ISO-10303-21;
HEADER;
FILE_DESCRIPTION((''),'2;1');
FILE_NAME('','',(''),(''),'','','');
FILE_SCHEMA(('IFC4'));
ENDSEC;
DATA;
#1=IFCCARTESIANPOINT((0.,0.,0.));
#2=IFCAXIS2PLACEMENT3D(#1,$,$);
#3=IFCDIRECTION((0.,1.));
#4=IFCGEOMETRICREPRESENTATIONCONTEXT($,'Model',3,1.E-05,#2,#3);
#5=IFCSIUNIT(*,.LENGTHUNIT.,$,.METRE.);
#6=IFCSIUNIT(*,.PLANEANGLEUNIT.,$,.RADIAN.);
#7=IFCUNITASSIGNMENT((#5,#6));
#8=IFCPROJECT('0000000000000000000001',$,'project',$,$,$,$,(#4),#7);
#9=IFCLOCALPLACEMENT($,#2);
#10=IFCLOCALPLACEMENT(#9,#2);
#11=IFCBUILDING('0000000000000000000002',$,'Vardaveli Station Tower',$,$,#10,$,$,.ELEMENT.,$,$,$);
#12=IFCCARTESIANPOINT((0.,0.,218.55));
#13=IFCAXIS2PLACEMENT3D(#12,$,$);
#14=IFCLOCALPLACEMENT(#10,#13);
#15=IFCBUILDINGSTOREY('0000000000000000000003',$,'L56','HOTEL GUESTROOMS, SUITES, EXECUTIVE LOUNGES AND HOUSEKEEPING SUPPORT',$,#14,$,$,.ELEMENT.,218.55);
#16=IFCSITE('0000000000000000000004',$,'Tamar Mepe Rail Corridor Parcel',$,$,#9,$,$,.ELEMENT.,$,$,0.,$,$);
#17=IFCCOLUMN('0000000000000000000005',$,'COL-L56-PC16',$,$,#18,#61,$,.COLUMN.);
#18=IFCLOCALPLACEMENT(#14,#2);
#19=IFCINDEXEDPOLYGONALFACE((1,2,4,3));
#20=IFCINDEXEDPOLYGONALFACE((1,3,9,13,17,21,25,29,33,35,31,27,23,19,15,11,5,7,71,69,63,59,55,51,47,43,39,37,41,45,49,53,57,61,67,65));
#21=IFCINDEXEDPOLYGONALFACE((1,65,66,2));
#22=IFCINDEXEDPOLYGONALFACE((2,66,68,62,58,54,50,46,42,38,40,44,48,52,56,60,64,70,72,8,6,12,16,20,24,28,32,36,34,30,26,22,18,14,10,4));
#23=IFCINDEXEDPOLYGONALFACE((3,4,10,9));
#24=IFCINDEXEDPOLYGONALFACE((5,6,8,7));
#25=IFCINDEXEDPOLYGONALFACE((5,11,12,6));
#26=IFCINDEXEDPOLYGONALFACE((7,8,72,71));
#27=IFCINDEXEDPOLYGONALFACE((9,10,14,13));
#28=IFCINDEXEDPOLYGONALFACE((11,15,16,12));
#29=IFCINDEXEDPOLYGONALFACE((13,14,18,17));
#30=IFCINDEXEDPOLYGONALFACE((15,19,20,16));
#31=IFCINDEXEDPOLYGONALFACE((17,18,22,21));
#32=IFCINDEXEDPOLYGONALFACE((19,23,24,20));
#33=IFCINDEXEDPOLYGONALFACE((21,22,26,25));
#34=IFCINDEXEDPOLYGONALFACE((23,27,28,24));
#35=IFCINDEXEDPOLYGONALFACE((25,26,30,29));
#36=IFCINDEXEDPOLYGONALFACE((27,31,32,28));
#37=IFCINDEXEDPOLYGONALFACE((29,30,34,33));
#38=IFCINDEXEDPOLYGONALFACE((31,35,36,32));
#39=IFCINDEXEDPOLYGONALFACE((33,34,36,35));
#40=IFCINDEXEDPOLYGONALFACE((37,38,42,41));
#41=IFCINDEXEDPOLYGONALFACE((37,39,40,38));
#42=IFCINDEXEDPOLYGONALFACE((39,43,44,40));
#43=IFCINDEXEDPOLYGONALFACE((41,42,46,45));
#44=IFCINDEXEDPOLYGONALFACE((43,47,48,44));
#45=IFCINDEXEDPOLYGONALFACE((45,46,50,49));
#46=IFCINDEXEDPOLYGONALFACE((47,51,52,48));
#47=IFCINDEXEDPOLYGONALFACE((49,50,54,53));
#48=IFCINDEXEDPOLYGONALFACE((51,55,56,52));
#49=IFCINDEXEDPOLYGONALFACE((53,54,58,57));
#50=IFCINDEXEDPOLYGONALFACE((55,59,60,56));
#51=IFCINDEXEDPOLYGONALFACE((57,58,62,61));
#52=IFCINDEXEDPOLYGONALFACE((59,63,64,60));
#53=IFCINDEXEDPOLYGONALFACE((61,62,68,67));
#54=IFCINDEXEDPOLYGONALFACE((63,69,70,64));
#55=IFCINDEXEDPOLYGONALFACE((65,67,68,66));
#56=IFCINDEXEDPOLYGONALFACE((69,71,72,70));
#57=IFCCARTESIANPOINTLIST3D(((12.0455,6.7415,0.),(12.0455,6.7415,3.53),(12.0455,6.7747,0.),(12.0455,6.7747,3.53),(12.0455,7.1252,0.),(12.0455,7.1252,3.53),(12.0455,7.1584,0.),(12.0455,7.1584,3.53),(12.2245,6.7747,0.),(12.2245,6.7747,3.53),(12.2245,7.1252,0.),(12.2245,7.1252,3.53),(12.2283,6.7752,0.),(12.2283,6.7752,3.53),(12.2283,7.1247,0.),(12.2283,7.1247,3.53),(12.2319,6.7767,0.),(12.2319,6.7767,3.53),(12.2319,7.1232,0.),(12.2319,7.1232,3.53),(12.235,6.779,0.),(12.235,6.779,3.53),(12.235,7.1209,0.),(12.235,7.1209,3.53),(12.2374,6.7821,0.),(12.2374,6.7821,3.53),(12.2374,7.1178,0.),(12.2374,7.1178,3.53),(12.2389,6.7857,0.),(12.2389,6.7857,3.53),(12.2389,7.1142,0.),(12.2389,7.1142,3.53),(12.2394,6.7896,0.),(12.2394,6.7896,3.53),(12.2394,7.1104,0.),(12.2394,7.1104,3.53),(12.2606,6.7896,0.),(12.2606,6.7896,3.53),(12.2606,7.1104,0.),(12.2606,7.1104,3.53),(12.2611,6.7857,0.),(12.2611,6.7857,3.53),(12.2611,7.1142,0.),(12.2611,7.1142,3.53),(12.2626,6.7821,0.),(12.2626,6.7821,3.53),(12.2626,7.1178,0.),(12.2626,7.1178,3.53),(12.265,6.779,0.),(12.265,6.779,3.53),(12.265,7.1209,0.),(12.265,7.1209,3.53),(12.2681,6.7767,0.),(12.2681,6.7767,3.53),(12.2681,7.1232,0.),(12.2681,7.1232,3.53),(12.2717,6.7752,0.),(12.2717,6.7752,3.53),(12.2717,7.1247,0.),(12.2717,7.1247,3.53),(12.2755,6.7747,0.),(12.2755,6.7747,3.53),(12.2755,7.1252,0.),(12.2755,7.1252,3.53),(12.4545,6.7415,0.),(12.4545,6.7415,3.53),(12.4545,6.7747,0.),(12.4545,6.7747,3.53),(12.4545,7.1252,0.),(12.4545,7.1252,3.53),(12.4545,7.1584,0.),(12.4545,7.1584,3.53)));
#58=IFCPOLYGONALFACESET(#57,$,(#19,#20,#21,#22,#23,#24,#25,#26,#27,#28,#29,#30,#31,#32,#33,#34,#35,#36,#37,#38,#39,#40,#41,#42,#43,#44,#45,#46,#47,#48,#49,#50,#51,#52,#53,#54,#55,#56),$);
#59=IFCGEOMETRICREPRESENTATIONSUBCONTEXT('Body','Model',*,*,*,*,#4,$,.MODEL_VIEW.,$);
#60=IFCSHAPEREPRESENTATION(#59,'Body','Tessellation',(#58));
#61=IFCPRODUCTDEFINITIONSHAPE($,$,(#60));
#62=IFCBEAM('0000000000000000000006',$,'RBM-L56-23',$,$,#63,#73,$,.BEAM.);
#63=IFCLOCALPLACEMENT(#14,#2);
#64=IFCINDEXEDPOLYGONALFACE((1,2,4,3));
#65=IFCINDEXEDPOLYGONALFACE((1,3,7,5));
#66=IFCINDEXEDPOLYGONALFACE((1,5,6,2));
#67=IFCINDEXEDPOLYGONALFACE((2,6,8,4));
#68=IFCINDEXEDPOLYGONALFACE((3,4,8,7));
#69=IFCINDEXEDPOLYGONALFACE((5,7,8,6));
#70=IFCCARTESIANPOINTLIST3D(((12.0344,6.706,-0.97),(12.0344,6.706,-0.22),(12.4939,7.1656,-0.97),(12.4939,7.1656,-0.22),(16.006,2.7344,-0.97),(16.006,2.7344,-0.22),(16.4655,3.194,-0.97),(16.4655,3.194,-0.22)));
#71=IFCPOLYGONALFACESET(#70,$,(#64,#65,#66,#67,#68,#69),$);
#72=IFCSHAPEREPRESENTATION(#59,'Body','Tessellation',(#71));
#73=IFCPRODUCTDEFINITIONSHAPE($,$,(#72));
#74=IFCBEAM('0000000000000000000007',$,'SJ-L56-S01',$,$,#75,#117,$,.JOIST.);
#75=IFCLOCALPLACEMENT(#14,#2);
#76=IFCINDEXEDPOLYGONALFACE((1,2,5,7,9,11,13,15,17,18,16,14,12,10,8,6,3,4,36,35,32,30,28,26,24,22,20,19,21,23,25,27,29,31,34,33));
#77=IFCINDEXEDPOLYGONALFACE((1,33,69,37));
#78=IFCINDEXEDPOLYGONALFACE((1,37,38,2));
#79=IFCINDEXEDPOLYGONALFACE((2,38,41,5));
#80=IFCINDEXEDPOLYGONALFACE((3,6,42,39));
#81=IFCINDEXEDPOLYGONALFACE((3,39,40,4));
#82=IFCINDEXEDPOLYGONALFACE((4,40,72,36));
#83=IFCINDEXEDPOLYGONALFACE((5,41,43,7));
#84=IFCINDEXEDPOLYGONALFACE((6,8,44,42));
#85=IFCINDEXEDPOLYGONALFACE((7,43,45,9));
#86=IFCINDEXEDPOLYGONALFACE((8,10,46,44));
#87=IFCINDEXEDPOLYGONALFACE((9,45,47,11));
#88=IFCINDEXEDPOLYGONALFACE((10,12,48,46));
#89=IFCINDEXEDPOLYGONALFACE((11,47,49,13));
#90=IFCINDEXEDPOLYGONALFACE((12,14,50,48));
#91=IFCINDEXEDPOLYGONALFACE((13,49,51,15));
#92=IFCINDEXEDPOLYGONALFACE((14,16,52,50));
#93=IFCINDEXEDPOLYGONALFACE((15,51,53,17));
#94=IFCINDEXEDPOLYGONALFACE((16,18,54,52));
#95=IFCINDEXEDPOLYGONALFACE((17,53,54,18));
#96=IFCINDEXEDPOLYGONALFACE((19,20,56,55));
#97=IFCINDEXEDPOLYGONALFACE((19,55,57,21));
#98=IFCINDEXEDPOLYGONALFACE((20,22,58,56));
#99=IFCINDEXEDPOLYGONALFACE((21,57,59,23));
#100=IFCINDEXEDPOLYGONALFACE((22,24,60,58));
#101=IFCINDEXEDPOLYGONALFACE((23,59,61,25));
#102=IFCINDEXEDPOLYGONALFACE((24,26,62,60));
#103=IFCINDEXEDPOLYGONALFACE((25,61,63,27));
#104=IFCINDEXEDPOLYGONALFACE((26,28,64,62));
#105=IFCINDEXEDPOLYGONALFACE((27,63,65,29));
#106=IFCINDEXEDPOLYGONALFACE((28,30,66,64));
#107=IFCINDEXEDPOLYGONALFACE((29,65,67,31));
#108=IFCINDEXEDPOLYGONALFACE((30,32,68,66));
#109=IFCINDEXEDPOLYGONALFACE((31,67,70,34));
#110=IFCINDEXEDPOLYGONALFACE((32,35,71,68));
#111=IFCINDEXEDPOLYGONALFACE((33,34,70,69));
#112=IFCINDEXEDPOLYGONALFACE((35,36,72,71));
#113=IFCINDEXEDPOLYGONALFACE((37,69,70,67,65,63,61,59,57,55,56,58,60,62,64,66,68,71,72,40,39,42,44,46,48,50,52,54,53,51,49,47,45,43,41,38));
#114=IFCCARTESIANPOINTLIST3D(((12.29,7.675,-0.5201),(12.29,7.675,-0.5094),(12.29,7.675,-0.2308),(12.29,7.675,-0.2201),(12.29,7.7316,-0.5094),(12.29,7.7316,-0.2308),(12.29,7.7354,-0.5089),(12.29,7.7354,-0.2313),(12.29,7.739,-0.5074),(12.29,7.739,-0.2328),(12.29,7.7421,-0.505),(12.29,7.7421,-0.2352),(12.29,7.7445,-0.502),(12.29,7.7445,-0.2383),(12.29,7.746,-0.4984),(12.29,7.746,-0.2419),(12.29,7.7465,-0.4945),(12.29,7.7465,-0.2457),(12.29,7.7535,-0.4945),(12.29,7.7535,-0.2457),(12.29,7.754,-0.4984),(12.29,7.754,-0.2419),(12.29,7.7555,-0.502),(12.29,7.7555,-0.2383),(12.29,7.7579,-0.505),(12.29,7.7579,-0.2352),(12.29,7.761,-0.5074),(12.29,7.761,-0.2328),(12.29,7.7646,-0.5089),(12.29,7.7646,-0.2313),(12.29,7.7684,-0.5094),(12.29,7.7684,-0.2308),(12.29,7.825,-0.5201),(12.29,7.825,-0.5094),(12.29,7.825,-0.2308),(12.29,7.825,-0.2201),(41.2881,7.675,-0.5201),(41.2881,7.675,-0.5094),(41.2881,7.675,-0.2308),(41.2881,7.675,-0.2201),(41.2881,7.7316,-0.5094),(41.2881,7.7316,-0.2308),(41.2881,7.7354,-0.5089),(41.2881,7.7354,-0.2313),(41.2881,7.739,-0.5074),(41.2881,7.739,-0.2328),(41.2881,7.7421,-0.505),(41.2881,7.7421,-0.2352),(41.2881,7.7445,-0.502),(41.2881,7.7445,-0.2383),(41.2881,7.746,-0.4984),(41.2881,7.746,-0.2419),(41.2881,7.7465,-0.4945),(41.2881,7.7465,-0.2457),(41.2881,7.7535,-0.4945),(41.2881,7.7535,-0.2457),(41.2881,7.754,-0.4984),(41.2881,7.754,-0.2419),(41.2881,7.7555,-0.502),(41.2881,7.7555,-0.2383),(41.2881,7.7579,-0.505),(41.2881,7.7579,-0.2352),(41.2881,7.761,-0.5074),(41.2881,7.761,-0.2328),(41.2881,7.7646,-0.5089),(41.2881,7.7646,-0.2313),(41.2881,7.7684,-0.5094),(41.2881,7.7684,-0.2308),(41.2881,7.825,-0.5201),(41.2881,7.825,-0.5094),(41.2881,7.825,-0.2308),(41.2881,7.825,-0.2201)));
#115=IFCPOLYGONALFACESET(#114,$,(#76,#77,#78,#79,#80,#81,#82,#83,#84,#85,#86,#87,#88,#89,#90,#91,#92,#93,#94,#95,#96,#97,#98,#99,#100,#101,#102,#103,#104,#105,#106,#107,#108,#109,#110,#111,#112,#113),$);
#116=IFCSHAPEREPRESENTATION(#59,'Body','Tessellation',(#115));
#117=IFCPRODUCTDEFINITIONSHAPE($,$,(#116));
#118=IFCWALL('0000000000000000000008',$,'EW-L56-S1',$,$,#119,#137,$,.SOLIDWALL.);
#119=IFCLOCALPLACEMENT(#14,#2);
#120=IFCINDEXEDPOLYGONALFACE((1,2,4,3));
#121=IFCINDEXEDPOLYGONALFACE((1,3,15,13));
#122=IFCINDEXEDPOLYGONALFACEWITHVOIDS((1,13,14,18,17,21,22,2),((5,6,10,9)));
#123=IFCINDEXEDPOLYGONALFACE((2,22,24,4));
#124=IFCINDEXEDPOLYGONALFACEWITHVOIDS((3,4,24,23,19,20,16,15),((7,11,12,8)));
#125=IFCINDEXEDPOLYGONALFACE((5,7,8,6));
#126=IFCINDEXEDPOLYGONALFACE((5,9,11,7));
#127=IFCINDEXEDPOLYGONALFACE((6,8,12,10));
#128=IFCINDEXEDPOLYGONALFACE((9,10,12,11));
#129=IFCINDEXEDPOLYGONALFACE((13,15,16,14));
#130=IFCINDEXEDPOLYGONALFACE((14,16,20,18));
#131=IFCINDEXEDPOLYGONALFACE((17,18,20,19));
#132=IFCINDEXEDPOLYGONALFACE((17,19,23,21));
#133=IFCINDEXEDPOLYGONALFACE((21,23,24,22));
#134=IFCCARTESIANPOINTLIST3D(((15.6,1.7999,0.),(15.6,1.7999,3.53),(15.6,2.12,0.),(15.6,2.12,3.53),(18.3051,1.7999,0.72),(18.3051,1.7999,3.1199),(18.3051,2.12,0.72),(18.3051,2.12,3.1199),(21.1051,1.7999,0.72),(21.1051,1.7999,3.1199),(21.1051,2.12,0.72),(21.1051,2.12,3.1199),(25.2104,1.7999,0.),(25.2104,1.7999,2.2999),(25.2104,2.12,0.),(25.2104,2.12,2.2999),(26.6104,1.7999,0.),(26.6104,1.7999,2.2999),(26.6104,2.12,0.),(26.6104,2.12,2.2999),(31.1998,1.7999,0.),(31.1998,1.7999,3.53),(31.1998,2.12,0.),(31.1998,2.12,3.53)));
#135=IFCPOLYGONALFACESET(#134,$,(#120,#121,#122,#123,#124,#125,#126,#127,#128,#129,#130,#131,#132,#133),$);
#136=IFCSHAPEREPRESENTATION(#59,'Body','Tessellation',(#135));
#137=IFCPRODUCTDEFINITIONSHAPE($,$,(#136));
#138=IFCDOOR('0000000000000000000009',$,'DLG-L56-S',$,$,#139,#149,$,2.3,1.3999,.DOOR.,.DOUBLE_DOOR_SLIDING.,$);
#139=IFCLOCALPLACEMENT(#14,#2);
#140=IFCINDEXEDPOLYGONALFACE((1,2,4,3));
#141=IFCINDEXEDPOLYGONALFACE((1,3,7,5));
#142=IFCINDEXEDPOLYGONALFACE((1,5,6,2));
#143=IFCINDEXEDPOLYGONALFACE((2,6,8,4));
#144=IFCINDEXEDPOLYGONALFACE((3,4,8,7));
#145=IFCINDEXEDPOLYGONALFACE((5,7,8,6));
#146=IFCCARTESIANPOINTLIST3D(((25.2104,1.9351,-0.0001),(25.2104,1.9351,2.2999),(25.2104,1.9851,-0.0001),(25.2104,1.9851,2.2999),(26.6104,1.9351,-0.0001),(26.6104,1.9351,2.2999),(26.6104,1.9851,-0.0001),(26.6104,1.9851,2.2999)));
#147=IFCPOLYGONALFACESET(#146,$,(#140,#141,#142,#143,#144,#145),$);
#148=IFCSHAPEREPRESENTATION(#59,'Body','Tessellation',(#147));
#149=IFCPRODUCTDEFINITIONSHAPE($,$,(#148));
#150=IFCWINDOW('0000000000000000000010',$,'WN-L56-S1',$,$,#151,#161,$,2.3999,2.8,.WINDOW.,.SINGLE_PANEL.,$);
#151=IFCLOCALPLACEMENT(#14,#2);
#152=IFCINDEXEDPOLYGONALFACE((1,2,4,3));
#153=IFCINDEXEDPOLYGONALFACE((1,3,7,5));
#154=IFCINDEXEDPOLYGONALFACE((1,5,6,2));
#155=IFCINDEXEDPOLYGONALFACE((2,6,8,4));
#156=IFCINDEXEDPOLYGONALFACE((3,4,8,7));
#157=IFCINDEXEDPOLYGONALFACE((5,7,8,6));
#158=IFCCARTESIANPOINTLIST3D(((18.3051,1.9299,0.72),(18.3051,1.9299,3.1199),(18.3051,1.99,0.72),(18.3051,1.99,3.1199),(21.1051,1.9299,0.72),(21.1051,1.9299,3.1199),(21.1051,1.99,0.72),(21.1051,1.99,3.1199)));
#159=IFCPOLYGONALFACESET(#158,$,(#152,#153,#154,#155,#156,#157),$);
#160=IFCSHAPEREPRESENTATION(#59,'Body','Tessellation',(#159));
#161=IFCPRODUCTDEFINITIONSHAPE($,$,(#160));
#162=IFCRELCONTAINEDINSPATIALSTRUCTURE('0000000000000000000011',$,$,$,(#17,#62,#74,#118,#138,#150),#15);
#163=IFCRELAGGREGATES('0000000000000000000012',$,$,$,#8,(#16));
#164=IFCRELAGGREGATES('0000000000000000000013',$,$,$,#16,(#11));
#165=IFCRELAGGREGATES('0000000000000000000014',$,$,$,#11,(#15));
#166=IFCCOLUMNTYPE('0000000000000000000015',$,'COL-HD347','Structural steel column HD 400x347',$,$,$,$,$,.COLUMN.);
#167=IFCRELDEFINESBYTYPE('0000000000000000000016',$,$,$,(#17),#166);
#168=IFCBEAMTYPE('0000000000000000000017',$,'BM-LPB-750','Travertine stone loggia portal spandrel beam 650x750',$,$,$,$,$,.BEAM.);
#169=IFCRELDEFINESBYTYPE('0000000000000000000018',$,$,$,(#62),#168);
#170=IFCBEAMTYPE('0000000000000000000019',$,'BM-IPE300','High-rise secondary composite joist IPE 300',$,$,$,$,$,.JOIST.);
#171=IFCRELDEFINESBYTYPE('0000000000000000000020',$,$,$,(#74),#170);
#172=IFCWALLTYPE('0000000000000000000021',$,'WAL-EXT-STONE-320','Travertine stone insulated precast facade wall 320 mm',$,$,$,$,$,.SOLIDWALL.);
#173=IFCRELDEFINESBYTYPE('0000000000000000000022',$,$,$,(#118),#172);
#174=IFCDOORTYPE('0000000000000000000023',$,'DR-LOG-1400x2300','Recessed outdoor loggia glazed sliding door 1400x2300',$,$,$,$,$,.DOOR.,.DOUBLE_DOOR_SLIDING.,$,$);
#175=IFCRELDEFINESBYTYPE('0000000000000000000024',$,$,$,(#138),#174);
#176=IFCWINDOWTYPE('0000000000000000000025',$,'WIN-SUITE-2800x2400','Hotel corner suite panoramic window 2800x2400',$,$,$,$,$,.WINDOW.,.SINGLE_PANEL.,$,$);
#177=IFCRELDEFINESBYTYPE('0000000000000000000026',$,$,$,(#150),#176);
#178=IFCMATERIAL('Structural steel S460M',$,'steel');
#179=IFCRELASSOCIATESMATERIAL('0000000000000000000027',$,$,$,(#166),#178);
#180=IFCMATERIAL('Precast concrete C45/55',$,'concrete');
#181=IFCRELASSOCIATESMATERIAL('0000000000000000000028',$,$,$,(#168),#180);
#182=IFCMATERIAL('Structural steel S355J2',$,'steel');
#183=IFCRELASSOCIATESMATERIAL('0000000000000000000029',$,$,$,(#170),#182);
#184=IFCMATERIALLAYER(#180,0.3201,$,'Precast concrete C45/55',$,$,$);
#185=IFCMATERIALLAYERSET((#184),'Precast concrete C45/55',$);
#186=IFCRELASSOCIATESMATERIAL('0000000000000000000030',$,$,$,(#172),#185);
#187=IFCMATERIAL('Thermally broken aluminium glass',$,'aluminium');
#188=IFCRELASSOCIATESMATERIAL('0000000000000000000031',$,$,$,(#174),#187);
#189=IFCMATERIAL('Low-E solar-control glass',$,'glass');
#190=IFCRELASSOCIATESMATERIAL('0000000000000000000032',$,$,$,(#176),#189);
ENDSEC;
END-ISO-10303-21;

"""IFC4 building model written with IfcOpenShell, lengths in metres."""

from ifc_helpers import new_model, si_unit, direction, frame, frame_2d, origin, origin_2d, place, context, subcontext, project, spatial, rectangle, i_section, extrude, source, transform, mapped, material, layer, layer_set, material_profile, profile_set, type_object, element, fill, save


model = new_model("IFC4")

# Units and contexts
model_context = context("Model", 3, precision=1e-05, world=origin(), true_north=direction((0.0, 1.0)))
body_context = subcontext(model_context, "Body", "Model", "MODEL_VIEW")
ifc_project = project(units=[si_unit("LENGTHUNIT", "METRE"), si_unit("PLANEANGLEUNIT", "RADIAN")], contexts=[model_context])

# Site, building, storey
site_placement = place(None, origin())
site = spatial("IfcSite", under=ifc_project, at=site_placement, Name="Tamar Mepe Rail Corridor Parcel", CompositionType="ELEMENT", RefElevation=0.0)
building_placement = place(site_placement, origin())
building = spatial("IfcBuilding", under=site, at=building_placement, Name="Vardaveli Station Tower", CompositionType="ELEMENT")
storey_placement = place(building_placement, frame((0.0, 0.0, 218.55)))
storey = spatial("IfcBuildingStorey", under=building, at=storey_placement, Name="L56", Description="HOTEL GUESTROOMS, SUITES, EXECUTIVE LOUNGES AND HOUSEKEEPING SUPPORT", CompositionType="ELEMENT", Elevation=218.55)

# Column
ifc_material_1 = material(Name="Structural steel S460M", Category="steel")
ifc_material_profile_1 = material_profile(ifc_material_1, i_section(OverallWidth=0.4089, OverallDepth=0.417, WebThickness=0.0212, FlangeThickness=0.0332, FilletRadius=0.0149, at=origin_2d()), Name="HD 400x347")
ifc_profile_set_1 = profile_set([ifc_material_profile_1], Name="Structural steel S460M")
column_type = type_object("IfcColumnType", Name="COL-HD347", Description="Structural steel column HD 400x347", PredefinedType="COLUMN", material=ifc_profile_set_1)
shared_shape_1 = source(origin(), body_context, "Body", "SweptSolid", [
    extrude(i_section(OverallWidth=0.4089, OverallDepth=0.417, WebThickness=0.0212, FlangeThickness=0.0332, FilletRadius=0.0149, at=origin_2d()), origin(), (0.0, 0.0, 1.0), 3.53),
])
column_placement = place(storey_placement, frame((12.25, 6.95, 0.0), z_axis=(0.0, 0.0, 1.0), x_axis=(1.0, 0.0, 0.0)))
element("IfcColumn", 1, at=column_placement, inside=storey, type_object=column_type, Name="COL-L56-PC16", PredefinedType="COLUMN", context=body_context, shape_type="MappedRepresentation", body=[
    mapped(shared_shape_1, transform((0.0, 0.0, 0.0), scale=1.0)),
])

# Beams
ifc_material_2 = material(Name="Precast concrete C45/55", Category="concrete")
ifc_material_profile_2 = material_profile(ifc_material_2, rectangle(XDim=0.6499, YDim=0.75, at=origin_2d()), Name="LPB 650x750")
ifc_profile_set_2 = profile_set([ifc_material_profile_2], Name="Precast concrete C45/55")
beam_type_1 = type_object("IfcBeamType", Name="BM-LPB-750", Description="Travertine stone loggia portal spandrel beam 650x750", PredefinedType="BEAM", material=ifc_profile_set_2)
shared_shape_2 = source(origin(), body_context, "Body", "SweptSolid", [
    extrude(rectangle(XDim=0.6499, YDim=0.75, at=origin_2d()), origin(), (0.0, 0.0, 1.0), 5.6167),
])
beam_1_placement = place(storey_placement, frame((12.2642, 6.9358, -0.595), z_axis=(0.707107, -0.707107, 0.0), x_axis=(0.707107, 0.707107, 0.0)))
element("IfcBeam", 2, at=beam_1_placement, inside=storey, type_object=beam_type_1, Name="RBM-L56-23", PredefinedType="BEAM", context=body_context, shape_type="MappedRepresentation", body=[
    mapped(shared_shape_2, transform((0.0, 0.0, 0.0), scale=1.0)),
])
ifc_material_3 = material(Name="Structural steel S355J2", Category="steel")
ifc_material_profile_3 = material_profile(ifc_material_3, i_section(OverallWidth=0.1499, OverallDepth=0.3, WebThickness=0.0071, FlangeThickness=0.0107, FilletRadius=0.0149, at=origin_2d()), Name="IPE 300")
ifc_profile_set_3 = profile_set([ifc_material_profile_3], Name="Structural steel S355J2")
beam_type_2 = type_object("IfcBeamType", Name="BM-IPE300", Description="High-rise secondary composite joist IPE 300", PredefinedType="JOIST", material=ifc_profile_set_3)
shared_shape_3 = source(origin(), body_context, "Body", "SweptSolid", [
    extrude(i_section(OverallWidth=0.1499, OverallDepth=0.3, WebThickness=0.0071, FlangeThickness=0.0107, FilletRadius=0.0149, at=origin_2d()), origin(), (0.0, 0.0, 1.0), 28.998),
])
beam_2_placement = place(storey_placement, frame((12.29, 7.75, -0.3701), z_axis=(1.0, 0.0, 0.0), x_axis=(0.0, 1.0, 0.0)))
element("IfcBeam", 3, at=beam_2_placement, inside=storey, type_object=beam_type_2, Name="SJ-L56-S01", PredefinedType="JOIST", context=body_context, shape_type="MappedRepresentation", body=[
    mapped(shared_shape_3, transform((0.0, 0.0, 0.0), scale=1.0)),
])

# Wall, openings, door, window
ifc_layer = layer(ifc_material_2, 0.3201, Name="Precast concrete C45/55")
ifc_layer_set = layer_set([ifc_layer], Name="Precast concrete C45/55")
wall_type = type_object("IfcWallType", Name="WAL-EXT-STONE-320", Description="Travertine stone insulated precast facade wall 320 mm", PredefinedType="SOLIDWALL", material=ifc_layer_set)
shared_shape_4 = source(origin(), body_context, "Body", "SweptSolid", [
    extrude(rectangle(XDim=15.5999, YDim=0.3201, at=frame_2d((7.7998, 0.0))), origin(), (0.0, 0.0, 1.0), 3.53),
])
wall_1_placement = place(storey_placement, frame((15.6001, 1.96, 0.0), z_axis=(0.0, 0.0, 1.0), x_axis=(1.0, 0.0, 0.0)))
wall_1 = element("IfcWall", 4, at=wall_1_placement, inside=storey, type_object=wall_type, Name="EW-L56-S1", PredefinedType="SOLIDWALL", context=body_context, shape_type="MappedRepresentation", body=[
    mapped(shared_shape_4, transform((0.0, 0.0, 0.0), scale=1.0)),
])
shared_shape_5 = source(origin(), body_context, "Body", "SweptSolid", [
    extrude(rectangle(XDim=1.3999, YDim=2.3, at=frame_2d((0.7, 1.1499))), frame((0.0, 0.1699, 0.0), z_axis=(0.0, -1.0, 0.0), x_axis=(1.0, 0.0, 0.0)), (0.0, 0.0, 1.0), 0.3401),
])
opening_1_placement = place(wall_1_placement, frame((9.6104, 0.0, 0.0)))
opening_1 = element("IfcOpeningElement", 5, at=opening_1_placement, cuts=wall_1, PredefinedType="OPENING", context=body_context, shape_type="MappedRepresentation", body=[
    mapped(shared_shape_5, transform((0.0, 0.0, 0.0), scale=1.0)),
])
shared_shape_6 = source(origin(), body_context, "Body", "SweptSolid", [
    extrude(rectangle(XDim=2.8, YDim=2.3999, at=frame_2d((1.3999, 1.2))), frame((0.0, 0.1699, 0.0), z_axis=(0.0, -1.0, 0.0), x_axis=(1.0, 0.0, 0.0)), (0.0, 0.0, 1.0), 0.3401),
])
opening_2_placement = place(wall_1_placement, frame((2.7051, 0.0, 0.72)))
opening_2 = element("IfcOpeningElement", 6, at=opening_2_placement, cuts=wall_1, PredefinedType="OPENING", context=body_context, shape_type="MappedRepresentation", body=[
    mapped(shared_shape_6, transform((0.0, 0.0, 0.0), scale=1.0)),
])
ifc_material_4 = material(Name="Thermally broken aluminium glass", Category="aluminium")
door_type = type_object("IfcDoorType", Name="DR-LOG-1400x2300", Description="Recessed outdoor loggia glazed sliding door 1400x2300", OperationType="DOUBLE_DOOR_SLIDING", PredefinedType="DOOR", material=ifc_material_4)
shared_shape_7 = source(origin(), body_context, "Body", "SweptSolid", [
    extrude(rectangle(XDim=1.3999, YDim=2.3, at=frame_2d((0.7, 1.1499))), frame((0.0, 0.0249, 0.0), z_axis=(0.0, -1.0, 0.0), x_axis=(1.0, 0.0, 0.0)), (0.0, 0.0, 1.0), 0.05),
])
door_placement = place(opening_1_placement, frame((1.3999, 0.0, 0.0), z_axis=(0.0, 0.0, 1.0), x_axis=(-1.0, 0.0, 0.0)))
door = element("IfcDoor", 7, at=door_placement, inside=storey, type_object=door_type, Name="DLG-L56-S", OperationType="DOUBLE_DOOR_SLIDING", OverallHeight=2.3, OverallWidth=1.3999, PredefinedType="DOOR", context=body_context, shape_type="MappedRepresentation", body=[
    mapped(shared_shape_7, transform((0.0, 0.0, 0.0), scale=1.0)),
])
fill(opening_1, door)
ifc_material_5 = material(Name="Low-E solar-control glass", Category="glass")
window_type = type_object("IfcWindowType", Name="WIN-SUITE-2800x2400", Description="Hotel corner suite panoramic window 2800x2400", PartitioningType="SINGLE_PANEL", PredefinedType="WINDOW", material=ifc_material_5)
shared_shape_8 = source(origin(), body_context, "Body", "SweptSolid", [
    extrude(rectangle(XDim=2.8, YDim=2.3999, at=frame_2d((1.3999, 1.2))), frame((0.0, 0.03, 0.0), z_axis=(0.0, -1.0, 0.0), x_axis=(1.0, 0.0, 0.0)), (0.0, 0.0, 1.0), 0.0601),
])
window_placement = place(opening_2_placement, origin())
window = element("IfcWindow", 8, at=window_placement, inside=storey, type_object=window_type, Name="WN-L56-S1", OverallHeight=2.3999, OverallWidth=2.8, PartitioningType="SINGLE_PANEL", PredefinedType="WINDOW", context=body_context, shape_type="MappedRepresentation", body=[
    mapped(shared_shape_8, transform((0.0, 0.0, 0.0), scale=1.0)),
])
fill(opening_2, window)

save(model, "model.ifc")
